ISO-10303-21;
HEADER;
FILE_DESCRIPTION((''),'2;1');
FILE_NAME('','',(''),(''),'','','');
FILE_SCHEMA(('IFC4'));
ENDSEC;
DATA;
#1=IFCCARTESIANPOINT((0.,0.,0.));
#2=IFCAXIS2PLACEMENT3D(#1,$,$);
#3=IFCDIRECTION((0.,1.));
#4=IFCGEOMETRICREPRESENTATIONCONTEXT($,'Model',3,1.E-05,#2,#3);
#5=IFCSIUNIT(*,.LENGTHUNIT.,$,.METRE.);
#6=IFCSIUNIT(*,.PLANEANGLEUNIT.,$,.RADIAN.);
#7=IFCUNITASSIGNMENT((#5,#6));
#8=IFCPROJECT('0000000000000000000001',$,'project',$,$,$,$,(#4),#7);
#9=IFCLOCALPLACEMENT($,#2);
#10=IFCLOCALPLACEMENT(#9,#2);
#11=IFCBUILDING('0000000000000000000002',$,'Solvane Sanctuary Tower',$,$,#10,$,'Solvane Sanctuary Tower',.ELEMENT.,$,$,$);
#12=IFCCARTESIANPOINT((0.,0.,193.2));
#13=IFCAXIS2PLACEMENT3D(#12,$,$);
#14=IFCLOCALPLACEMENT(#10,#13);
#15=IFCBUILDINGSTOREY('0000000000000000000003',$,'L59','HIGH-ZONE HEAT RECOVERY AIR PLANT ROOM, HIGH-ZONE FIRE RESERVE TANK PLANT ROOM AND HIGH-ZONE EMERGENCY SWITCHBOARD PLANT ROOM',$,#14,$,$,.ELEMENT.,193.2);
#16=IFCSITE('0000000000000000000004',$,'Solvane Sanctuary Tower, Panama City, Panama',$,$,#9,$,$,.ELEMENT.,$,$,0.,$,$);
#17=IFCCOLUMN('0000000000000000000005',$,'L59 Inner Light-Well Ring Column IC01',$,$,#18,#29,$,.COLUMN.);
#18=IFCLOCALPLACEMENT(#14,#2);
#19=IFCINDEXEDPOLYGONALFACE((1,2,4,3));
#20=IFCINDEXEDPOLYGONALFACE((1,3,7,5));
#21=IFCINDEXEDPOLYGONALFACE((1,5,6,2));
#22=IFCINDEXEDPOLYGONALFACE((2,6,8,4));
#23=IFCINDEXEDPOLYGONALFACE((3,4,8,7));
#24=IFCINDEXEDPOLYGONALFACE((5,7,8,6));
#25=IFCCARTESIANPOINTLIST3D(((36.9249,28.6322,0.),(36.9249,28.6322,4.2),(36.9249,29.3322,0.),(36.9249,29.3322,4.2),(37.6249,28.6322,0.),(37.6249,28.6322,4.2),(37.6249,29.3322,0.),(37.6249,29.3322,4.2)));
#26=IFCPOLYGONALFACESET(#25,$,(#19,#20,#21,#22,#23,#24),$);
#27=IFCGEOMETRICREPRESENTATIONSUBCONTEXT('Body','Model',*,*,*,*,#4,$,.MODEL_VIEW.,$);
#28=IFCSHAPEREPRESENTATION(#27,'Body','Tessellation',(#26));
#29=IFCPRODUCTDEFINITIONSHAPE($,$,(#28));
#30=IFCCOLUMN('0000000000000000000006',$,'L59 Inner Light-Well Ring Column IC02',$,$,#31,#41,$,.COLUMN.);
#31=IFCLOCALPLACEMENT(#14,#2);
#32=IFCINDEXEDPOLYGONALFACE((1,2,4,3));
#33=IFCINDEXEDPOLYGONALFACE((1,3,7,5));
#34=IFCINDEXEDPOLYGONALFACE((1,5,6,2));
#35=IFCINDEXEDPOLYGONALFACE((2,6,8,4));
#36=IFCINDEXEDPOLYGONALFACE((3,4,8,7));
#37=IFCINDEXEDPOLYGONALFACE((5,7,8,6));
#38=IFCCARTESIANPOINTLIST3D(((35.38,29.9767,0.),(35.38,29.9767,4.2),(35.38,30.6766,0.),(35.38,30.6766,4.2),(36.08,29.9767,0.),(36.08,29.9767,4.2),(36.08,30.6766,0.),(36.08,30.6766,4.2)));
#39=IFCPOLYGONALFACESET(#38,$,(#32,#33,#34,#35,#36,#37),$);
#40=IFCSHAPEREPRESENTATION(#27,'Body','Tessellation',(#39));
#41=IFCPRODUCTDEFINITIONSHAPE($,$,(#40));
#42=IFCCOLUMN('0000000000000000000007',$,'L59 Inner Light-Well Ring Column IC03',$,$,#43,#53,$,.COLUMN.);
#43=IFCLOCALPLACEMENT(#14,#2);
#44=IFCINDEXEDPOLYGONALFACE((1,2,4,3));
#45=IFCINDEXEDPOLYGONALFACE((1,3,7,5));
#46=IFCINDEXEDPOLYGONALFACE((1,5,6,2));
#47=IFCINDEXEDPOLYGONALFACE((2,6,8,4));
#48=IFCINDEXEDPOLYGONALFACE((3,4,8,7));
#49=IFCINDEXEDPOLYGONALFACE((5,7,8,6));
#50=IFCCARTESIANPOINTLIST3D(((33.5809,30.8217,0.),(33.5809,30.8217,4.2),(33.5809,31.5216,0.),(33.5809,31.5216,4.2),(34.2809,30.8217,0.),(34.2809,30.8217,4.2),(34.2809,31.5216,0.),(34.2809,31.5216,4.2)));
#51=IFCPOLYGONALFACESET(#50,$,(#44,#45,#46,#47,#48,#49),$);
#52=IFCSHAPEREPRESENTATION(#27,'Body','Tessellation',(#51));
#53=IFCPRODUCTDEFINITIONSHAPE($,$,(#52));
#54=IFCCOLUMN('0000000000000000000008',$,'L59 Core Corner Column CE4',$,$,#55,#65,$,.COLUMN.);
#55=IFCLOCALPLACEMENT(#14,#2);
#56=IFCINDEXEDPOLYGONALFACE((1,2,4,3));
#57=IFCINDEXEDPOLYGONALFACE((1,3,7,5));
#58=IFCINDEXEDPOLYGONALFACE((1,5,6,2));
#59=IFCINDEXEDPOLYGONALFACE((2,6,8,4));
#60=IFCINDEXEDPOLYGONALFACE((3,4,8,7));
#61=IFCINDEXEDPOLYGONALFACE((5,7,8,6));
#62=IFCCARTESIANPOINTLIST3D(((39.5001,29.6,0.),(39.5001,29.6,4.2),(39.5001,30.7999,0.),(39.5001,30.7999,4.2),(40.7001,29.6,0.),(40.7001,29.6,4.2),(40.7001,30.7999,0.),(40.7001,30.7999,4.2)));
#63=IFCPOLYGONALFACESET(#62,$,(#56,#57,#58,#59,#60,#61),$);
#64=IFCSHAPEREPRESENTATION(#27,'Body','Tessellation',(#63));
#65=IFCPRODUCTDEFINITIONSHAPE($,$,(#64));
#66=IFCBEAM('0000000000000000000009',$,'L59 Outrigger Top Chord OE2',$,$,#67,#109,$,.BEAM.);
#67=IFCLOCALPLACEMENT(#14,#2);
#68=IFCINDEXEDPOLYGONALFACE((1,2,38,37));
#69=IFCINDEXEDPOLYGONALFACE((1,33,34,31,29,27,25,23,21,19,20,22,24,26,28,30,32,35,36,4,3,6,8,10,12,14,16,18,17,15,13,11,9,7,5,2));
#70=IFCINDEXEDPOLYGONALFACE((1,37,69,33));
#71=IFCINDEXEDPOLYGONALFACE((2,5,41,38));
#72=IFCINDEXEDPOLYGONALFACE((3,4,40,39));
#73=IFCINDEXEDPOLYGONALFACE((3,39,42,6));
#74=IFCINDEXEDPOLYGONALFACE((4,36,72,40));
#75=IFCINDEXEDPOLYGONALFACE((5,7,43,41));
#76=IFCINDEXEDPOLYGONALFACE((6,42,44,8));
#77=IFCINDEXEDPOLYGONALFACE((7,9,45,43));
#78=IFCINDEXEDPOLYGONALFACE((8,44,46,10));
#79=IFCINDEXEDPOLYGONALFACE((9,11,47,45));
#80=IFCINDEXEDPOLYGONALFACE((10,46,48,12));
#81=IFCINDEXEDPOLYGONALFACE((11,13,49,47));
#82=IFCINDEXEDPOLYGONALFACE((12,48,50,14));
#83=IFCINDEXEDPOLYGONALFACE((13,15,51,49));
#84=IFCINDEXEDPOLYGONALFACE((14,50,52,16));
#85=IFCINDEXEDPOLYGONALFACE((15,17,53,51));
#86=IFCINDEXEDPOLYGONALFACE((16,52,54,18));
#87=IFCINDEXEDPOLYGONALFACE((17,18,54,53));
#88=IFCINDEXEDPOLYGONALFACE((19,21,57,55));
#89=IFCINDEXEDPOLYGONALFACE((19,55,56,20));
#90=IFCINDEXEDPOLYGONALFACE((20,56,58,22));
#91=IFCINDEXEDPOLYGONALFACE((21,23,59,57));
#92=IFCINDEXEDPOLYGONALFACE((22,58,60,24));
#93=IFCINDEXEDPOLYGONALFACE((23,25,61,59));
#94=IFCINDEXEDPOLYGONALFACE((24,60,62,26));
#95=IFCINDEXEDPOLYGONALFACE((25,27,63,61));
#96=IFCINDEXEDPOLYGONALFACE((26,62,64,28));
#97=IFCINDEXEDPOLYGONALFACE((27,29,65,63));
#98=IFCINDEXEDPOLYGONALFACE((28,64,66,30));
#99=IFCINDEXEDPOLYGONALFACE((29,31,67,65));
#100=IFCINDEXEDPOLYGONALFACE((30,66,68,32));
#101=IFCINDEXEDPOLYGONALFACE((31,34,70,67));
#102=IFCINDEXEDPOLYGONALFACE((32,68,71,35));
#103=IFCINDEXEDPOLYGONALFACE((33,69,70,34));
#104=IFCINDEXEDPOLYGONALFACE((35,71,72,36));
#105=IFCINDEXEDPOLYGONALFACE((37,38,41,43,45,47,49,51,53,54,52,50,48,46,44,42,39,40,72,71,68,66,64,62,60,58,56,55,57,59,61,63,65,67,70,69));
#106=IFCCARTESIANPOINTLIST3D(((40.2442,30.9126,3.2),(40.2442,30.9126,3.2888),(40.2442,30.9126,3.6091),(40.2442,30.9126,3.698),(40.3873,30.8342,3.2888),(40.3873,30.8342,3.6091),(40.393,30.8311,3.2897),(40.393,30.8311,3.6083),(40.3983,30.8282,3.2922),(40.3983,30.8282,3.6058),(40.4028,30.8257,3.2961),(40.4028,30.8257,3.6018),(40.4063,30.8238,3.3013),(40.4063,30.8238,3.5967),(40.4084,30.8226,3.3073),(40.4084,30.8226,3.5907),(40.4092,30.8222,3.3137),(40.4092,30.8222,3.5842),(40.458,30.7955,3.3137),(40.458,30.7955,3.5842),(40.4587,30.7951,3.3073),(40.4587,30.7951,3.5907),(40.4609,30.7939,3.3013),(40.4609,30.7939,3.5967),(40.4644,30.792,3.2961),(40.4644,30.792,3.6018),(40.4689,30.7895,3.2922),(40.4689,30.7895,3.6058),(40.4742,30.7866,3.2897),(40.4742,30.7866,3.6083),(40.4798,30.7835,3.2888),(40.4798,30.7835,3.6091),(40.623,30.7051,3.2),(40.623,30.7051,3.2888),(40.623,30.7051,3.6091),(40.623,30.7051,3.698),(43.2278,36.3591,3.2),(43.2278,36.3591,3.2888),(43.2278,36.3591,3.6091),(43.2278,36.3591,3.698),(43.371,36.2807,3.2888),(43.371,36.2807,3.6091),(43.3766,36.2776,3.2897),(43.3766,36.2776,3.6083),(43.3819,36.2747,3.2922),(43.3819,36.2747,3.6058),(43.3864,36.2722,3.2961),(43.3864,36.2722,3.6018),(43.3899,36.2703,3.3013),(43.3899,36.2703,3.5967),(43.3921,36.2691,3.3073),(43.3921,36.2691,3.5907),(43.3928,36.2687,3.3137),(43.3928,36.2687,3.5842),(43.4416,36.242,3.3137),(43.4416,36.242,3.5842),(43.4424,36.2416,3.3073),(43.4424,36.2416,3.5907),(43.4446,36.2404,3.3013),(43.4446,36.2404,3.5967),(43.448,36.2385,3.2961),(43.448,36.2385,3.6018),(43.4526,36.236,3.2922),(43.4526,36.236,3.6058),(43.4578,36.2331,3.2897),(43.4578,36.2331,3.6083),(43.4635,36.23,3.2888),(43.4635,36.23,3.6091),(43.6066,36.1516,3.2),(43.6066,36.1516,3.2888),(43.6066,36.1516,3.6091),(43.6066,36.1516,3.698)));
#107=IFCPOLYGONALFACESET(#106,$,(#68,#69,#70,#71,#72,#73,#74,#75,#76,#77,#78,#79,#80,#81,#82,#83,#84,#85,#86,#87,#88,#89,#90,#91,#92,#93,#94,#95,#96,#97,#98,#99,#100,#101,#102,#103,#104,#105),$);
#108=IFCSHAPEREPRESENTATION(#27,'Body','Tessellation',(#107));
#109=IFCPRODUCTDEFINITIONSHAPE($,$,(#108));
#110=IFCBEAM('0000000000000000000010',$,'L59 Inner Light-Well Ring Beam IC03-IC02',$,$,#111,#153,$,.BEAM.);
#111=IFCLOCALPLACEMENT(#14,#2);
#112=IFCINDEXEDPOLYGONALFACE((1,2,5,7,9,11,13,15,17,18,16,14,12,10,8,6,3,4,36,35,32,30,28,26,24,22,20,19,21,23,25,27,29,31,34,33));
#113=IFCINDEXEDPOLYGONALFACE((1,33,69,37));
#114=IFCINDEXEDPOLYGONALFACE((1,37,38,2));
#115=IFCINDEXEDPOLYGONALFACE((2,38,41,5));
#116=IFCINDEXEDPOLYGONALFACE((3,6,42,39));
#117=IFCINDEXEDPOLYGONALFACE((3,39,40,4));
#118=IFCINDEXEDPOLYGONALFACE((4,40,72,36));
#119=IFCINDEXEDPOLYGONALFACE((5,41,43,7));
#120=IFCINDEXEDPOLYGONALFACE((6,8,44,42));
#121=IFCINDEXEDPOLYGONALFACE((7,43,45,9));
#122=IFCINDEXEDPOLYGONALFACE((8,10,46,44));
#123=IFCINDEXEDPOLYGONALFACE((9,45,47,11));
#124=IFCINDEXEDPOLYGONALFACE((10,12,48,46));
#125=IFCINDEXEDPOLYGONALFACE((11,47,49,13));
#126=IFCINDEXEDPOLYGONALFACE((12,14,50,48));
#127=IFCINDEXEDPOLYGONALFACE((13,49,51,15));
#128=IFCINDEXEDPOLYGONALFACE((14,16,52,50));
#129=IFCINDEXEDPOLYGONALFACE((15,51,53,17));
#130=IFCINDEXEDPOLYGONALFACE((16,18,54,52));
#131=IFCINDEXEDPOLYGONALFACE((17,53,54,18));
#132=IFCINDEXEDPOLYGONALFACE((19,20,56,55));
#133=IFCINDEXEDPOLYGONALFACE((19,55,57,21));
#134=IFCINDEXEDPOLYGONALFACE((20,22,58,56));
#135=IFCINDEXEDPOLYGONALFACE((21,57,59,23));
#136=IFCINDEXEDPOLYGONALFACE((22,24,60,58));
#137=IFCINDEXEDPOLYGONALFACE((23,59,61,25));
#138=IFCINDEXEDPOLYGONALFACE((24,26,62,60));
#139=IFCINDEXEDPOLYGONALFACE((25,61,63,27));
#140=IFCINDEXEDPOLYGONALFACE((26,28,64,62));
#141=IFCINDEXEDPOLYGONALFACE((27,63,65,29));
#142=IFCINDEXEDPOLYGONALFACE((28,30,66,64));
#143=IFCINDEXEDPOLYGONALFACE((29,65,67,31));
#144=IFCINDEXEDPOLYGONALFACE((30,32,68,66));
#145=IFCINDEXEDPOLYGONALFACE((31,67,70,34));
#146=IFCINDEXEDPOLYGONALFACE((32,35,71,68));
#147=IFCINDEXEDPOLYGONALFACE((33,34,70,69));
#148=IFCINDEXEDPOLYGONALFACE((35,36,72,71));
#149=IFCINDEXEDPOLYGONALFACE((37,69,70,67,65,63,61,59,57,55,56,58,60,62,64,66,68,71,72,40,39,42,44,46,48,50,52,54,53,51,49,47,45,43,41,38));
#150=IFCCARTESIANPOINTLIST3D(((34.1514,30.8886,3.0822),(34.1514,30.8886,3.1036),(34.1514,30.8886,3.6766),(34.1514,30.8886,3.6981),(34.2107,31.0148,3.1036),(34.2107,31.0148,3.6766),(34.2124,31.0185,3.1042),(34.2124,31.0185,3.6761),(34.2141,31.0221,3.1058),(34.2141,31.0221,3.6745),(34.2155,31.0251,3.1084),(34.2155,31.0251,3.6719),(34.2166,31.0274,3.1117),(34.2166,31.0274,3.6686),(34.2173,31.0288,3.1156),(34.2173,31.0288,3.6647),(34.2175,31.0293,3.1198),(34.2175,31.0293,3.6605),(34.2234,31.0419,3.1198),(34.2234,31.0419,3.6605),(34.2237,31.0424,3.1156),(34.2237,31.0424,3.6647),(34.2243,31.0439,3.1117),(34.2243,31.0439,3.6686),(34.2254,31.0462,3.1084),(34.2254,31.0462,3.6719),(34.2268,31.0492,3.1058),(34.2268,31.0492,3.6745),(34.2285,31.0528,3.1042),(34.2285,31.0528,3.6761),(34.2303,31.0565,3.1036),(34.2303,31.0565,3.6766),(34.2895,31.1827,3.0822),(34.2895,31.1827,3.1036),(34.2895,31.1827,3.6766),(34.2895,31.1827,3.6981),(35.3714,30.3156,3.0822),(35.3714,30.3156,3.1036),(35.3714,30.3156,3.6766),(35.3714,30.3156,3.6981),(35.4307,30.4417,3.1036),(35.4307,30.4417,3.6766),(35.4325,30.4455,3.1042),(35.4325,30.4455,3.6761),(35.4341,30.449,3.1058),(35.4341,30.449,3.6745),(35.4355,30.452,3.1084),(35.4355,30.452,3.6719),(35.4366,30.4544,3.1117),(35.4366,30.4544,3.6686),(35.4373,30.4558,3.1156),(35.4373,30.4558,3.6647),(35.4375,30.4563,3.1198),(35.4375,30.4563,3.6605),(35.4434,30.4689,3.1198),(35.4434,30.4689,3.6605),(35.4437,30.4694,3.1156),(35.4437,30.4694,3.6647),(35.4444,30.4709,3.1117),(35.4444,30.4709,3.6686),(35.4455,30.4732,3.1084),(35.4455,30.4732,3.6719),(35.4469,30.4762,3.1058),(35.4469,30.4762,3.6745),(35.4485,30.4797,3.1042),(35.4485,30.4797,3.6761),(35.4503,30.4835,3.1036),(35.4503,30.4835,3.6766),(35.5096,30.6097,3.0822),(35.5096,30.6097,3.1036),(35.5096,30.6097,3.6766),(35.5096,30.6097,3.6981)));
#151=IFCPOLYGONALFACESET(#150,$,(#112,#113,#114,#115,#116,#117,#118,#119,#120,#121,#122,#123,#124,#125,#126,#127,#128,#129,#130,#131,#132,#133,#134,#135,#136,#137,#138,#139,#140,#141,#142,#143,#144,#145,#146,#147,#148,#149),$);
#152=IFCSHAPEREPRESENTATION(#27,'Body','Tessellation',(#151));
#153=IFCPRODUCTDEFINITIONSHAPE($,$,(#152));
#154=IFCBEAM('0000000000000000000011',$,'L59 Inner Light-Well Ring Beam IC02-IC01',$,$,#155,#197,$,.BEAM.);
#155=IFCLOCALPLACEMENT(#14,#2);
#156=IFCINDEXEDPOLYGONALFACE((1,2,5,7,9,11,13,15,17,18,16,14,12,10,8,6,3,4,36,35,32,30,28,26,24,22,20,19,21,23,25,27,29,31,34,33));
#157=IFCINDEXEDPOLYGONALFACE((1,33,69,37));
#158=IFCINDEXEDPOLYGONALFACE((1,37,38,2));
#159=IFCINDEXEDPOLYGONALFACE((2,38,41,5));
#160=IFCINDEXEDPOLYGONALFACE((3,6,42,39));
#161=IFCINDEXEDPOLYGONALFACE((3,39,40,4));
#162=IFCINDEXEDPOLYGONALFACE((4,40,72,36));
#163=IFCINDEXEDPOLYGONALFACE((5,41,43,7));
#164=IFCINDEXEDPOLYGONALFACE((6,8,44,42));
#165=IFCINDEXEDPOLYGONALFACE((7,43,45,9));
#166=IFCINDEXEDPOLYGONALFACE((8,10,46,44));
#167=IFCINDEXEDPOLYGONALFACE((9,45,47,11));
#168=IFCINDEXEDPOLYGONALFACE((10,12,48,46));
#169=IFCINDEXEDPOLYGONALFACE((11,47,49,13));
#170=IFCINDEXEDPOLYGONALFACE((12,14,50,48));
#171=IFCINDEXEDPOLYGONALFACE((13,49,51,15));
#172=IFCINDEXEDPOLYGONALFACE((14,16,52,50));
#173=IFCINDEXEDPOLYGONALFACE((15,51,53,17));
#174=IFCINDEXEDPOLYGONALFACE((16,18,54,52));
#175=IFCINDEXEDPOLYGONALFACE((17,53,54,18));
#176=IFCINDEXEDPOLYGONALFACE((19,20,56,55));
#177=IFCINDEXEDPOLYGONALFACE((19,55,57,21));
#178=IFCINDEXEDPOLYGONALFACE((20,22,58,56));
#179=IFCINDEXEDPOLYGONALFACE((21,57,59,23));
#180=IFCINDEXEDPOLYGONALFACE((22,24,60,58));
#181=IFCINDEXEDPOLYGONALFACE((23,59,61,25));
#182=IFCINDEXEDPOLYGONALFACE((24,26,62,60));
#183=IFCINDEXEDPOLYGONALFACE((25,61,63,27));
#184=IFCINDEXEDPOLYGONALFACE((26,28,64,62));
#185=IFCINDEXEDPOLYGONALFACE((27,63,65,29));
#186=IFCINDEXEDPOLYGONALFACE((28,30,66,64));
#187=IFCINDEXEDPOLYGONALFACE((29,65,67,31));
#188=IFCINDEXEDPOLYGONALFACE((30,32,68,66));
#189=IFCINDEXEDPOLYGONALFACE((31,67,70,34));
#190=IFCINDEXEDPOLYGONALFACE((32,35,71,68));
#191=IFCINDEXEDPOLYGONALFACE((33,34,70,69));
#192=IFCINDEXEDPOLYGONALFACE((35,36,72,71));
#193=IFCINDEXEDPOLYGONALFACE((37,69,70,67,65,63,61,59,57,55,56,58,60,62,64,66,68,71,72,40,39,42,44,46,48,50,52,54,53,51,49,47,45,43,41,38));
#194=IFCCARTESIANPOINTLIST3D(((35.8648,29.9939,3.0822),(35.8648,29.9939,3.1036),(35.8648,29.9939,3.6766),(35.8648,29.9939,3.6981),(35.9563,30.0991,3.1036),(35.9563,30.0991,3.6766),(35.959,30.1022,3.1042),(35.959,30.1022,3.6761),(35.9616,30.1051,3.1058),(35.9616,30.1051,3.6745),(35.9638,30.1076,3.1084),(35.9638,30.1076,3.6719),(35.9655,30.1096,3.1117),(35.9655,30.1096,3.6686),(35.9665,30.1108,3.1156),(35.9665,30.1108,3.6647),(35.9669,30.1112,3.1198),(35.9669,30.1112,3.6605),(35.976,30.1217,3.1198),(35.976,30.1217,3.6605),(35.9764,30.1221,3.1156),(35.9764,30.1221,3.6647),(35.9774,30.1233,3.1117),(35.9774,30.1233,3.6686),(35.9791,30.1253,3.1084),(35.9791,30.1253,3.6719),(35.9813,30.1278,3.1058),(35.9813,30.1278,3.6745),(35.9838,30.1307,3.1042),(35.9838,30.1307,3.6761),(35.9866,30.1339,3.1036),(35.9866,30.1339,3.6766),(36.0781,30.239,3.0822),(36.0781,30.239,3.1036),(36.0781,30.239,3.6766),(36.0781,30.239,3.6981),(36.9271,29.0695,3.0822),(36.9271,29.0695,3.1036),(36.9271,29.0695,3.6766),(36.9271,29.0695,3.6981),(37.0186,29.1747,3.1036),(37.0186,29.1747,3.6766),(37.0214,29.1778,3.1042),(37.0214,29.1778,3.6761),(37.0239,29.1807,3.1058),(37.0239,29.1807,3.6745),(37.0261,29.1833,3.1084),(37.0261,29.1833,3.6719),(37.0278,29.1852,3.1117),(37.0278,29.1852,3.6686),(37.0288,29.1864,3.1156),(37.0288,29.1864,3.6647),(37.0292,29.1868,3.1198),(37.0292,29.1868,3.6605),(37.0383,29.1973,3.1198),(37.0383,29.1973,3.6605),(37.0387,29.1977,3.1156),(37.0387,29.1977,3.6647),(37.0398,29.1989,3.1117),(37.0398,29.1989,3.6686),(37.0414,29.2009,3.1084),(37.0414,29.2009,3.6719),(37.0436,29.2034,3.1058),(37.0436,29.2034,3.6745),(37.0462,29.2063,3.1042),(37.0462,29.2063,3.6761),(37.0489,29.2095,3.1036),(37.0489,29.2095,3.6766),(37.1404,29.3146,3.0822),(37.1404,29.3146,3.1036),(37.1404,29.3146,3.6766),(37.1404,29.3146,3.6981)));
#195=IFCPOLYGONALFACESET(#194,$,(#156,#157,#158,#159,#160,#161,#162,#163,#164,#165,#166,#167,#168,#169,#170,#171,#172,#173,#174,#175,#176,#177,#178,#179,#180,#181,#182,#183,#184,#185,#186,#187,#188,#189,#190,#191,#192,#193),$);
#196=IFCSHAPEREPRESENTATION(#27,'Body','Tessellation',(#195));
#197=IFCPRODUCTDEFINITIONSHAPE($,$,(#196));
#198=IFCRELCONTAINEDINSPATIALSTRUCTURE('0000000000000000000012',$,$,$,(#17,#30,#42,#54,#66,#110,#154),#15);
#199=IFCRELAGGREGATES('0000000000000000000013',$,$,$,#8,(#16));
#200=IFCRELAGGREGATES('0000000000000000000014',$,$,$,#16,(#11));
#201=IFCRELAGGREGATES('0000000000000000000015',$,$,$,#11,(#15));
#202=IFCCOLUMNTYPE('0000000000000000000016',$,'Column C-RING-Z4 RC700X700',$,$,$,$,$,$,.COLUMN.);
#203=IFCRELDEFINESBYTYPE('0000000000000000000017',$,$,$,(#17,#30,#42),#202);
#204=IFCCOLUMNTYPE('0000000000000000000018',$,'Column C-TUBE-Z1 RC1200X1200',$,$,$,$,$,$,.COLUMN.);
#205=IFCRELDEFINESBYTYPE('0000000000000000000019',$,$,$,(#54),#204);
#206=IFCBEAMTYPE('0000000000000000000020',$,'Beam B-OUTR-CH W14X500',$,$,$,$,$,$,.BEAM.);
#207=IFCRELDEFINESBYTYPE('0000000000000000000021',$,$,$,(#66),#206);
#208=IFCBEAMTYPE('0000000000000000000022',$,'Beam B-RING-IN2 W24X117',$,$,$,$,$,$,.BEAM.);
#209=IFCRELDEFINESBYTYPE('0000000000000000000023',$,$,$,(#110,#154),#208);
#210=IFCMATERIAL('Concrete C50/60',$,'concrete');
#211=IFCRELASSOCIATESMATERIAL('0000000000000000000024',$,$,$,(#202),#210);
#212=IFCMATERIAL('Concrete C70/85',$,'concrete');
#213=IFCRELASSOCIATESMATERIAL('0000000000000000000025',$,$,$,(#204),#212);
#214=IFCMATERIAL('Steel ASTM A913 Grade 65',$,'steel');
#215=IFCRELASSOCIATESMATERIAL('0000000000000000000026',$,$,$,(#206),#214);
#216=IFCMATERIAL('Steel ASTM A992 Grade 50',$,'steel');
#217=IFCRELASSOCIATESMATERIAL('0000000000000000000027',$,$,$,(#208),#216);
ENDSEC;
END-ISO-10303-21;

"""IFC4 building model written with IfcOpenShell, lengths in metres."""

from ifc_helpers import new_model, si_unit, direction, frame, origin, origin_2d, place, context, subcontext, project, spatial, rectangle, i_section, extrude, material, material_profile, profile_set, type_object, element, save


model = new_model("IFC4")

# Units and contexts
model_context = context("Model", 3, precision=1e-05, world=origin(), true_north=direction((0.0, 1.0)))
body_context = subcontext(model_context, "Body", "Model", "MODEL_VIEW")
ifc_project = project(units=[si_unit("LENGTHUNIT", "METRE"), si_unit("PLANEANGLEUNIT", "RADIAN")], contexts=[model_context])

# Site, building, storey
site_placement = place(None, origin())
site = spatial("IfcSite", under=ifc_project, at=site_placement, Name="Solvane Sanctuary Tower, Panama City, Panama", CompositionType="ELEMENT", RefElevation=0.0)
building_placement = place(site_placement, origin())
building = spatial("IfcBuilding", under=site, at=building_placement, Name="Solvane Sanctuary Tower", LongName="Solvane Sanctuary Tower", CompositionType="ELEMENT")
storey_placement = place(building_placement, frame((0.0, 0.0, 193.2)))
storey = spatial("IfcBuildingStorey", under=building, at=storey_placement, Name="L59", Description="HIGH-ZONE HEAT RECOVERY AIR PLANT ROOM, HIGH-ZONE FIRE RESERVE TANK PLANT ROOM AND HIGH-ZONE EMERGENCY SWITCHBOARD PLANT ROOM", CompositionType="ELEMENT", Elevation=193.2)

# Columns
ifc_material_1 = material(Name="Concrete C50/60", Category="concrete")
ifc_material_profile_1 = material_profile(ifc_material_1, rectangle(XDim=0.7, YDim=0.7, at=origin_2d()), Name="RC700X700")
ifc_profile_set_1 = profile_set([ifc_material_profile_1], Name="Concrete C50/60")
column_type_1 = type_object("IfcColumnType", Name="Column C-RING-Z4 RC700X700", PredefinedType="COLUMN", material=ifc_profile_set_1)
for number, where, z_axis, x_axis, name in (
    (1, (37.2749, 28.9822, 0.0), (0.0, 0.0, 1.0), (1.0, 0.0, 0.0), "L59 Inner Light-Well Ring Column IC01"),
    (2, (35.73, 30.3267, 0.0), (0.0, 0.0, 1.0), (1.0, 0.0, 0.0), "L59 Inner Light-Well Ring Column IC02"),
    (3, (33.9309, 31.1716, 0.0), (0.0, 0.0, 1.0), (1.0, 0.0, 0.0), "L59 Inner Light-Well Ring Column IC03"),
):
    element("IfcColumn", number, at=place(storey_placement, frame(where, z_axis=z_axis, x_axis=x_axis)), inside=storey, type_object=column_type_1, Name=name, PredefinedType="COLUMN", context=body_context, shape_type="SweptSolid", body=[
        extrude(rectangle(XDim=0.7, YDim=0.7, at=origin_2d()), origin(), (0.0, 0.0, 1.0), 4.2),
    ])
ifc_material_2 = material(Name="Concrete C70/85", Category="concrete")
ifc_material_profile_2 = material_profile(ifc_material_2, rectangle(XDim=1.2, YDim=1.2, at=origin_2d()), Name="RC1200X1200")
ifc_profile_set_2 = profile_set([ifc_material_profile_2], Name="Concrete C70/85")
column_type_2 = type_object("IfcColumnType", Name="Column C-TUBE-Z1 RC1200X1200", PredefinedType="COLUMN", material=ifc_profile_set_2)
column_placement = place(storey_placement, frame((40.1001, 30.2, 0.0), z_axis=(0.0, 0.0, 1.0), x_axis=(1.0, 0.0, 0.0)))
element("IfcColumn", 4, at=column_placement, inside=storey, type_object=column_type_2, Name="L59 Core Corner Column CE4", PredefinedType="COLUMN", context=body_context, shape_type="SweptSolid", body=[
    extrude(rectangle(XDim=1.2, YDim=1.2, at=origin_2d()), origin(), (0.0, 0.0, 1.0), 4.2),
])

# Beams
ifc_material_3 = material(Name="Steel ASTM A913 Grade 65", Category="steel")
ifc_material_profile_3 = material_profile(ifc_material_3, i_section(OverallWidth=0.4319, OverallDepth=0.498, WebThickness=0.0557, FlangeThickness=0.0889, FilletRadius=0.0249, at=origin_2d()), Name="W14X500")
ifc_profile_set_3 = profile_set([ifc_material_profile_3], Name="Steel ASTM A913 Grade 65")
beam_type_1 = type_object("IfcBeamType", Name="Beam B-OUTR-CH W14X500", PredefinedType="BEAM", material=ifc_profile_set_3)
beam_1_placement = place(storey_placement, frame((40.4336, 30.8088, 3.449), z_axis=(0.480441, 0.877027, 0.0), x_axis=(-0.877027, 0.480441, 0.0)))
element("IfcBeam", 5, at=beam_1_placement, inside=storey, type_object=beam_type_1, Name="L59 Outrigger Top Chord OE2", PredefinedType="BEAM", context=body_context, shape_type="SweptSolid", body=[
    extrude(i_section(OverallWidth=0.4319, OverallDepth=0.498, WebThickness=0.0557, FlangeThickness=0.0889, FilletRadius=0.0249, at=origin_2d()), origin(), (0.0, 0.0, 1.0), 6.2102),
])
ifc_material_4 = material(Name="Steel ASTM A992 Grade 50", Category="steel")
ifc_material_profile_4 = material_profile(ifc_material_4, i_section(OverallWidth=0.325, OverallDepth=0.616, WebThickness=0.0139, FlangeThickness=0.0215, FilletRadius=0.0161, at=origin_2d()), Name="W24X117")
ifc_profile_set_4 = profile_set([ifc_material_profile_4], Name="Steel ASTM A992 Grade 50")
beam_type_2 = type_object("IfcBeamType", Name="Beam B-RING-IN2 W24X117", PredefinedType="BEAM", material=ifc_profile_set_4)
beam_2_placement = place(storey_placement, frame((34.2205, 31.0356, 3.3901), z_axis=(0.905135, -0.425125, 0.0), x_axis=(0.425125, 0.905135, 0.0)))
element("IfcBeam", 6, at=beam_2_placement, inside=storey, type_object=beam_type_2, Name="L59 Inner Light-Well Ring Beam IC03-IC02", PredefinedType="BEAM", context=body_context, shape_type="SweptSolid", body=[
    extrude(i_section(OverallWidth=0.325, OverallDepth=0.616, WebThickness=0.0139, FlangeThickness=0.0215, FilletRadius=0.0161, at=origin_2d()), origin(), (0.0, 0.0, 1.0), 1.3479),
])
beam_3_placement = place(storey_placement, frame((35.9714, 30.1165, 3.3901), z_axis=(0.754389, -0.656428, 0.0), x_axis=(0.656428, 0.754389, 0.0)))
element("IfcBeam", 7, at=beam_3_placement, inside=storey, type_object=beam_type_2, Name="L59 Inner Light-Well Ring Beam IC02-IC01", PredefinedType="BEAM", context=body_context, shape_type="SweptSolid", body=[
    extrude(i_section(OverallWidth=0.325, OverallDepth=0.616, WebThickness=0.0139, FlangeThickness=0.0215, FilletRadius=0.0161, at=origin_2d()), origin(), (0.0, 0.0, 1.0), 1.4082),
])

save(model, "model.ifc")
